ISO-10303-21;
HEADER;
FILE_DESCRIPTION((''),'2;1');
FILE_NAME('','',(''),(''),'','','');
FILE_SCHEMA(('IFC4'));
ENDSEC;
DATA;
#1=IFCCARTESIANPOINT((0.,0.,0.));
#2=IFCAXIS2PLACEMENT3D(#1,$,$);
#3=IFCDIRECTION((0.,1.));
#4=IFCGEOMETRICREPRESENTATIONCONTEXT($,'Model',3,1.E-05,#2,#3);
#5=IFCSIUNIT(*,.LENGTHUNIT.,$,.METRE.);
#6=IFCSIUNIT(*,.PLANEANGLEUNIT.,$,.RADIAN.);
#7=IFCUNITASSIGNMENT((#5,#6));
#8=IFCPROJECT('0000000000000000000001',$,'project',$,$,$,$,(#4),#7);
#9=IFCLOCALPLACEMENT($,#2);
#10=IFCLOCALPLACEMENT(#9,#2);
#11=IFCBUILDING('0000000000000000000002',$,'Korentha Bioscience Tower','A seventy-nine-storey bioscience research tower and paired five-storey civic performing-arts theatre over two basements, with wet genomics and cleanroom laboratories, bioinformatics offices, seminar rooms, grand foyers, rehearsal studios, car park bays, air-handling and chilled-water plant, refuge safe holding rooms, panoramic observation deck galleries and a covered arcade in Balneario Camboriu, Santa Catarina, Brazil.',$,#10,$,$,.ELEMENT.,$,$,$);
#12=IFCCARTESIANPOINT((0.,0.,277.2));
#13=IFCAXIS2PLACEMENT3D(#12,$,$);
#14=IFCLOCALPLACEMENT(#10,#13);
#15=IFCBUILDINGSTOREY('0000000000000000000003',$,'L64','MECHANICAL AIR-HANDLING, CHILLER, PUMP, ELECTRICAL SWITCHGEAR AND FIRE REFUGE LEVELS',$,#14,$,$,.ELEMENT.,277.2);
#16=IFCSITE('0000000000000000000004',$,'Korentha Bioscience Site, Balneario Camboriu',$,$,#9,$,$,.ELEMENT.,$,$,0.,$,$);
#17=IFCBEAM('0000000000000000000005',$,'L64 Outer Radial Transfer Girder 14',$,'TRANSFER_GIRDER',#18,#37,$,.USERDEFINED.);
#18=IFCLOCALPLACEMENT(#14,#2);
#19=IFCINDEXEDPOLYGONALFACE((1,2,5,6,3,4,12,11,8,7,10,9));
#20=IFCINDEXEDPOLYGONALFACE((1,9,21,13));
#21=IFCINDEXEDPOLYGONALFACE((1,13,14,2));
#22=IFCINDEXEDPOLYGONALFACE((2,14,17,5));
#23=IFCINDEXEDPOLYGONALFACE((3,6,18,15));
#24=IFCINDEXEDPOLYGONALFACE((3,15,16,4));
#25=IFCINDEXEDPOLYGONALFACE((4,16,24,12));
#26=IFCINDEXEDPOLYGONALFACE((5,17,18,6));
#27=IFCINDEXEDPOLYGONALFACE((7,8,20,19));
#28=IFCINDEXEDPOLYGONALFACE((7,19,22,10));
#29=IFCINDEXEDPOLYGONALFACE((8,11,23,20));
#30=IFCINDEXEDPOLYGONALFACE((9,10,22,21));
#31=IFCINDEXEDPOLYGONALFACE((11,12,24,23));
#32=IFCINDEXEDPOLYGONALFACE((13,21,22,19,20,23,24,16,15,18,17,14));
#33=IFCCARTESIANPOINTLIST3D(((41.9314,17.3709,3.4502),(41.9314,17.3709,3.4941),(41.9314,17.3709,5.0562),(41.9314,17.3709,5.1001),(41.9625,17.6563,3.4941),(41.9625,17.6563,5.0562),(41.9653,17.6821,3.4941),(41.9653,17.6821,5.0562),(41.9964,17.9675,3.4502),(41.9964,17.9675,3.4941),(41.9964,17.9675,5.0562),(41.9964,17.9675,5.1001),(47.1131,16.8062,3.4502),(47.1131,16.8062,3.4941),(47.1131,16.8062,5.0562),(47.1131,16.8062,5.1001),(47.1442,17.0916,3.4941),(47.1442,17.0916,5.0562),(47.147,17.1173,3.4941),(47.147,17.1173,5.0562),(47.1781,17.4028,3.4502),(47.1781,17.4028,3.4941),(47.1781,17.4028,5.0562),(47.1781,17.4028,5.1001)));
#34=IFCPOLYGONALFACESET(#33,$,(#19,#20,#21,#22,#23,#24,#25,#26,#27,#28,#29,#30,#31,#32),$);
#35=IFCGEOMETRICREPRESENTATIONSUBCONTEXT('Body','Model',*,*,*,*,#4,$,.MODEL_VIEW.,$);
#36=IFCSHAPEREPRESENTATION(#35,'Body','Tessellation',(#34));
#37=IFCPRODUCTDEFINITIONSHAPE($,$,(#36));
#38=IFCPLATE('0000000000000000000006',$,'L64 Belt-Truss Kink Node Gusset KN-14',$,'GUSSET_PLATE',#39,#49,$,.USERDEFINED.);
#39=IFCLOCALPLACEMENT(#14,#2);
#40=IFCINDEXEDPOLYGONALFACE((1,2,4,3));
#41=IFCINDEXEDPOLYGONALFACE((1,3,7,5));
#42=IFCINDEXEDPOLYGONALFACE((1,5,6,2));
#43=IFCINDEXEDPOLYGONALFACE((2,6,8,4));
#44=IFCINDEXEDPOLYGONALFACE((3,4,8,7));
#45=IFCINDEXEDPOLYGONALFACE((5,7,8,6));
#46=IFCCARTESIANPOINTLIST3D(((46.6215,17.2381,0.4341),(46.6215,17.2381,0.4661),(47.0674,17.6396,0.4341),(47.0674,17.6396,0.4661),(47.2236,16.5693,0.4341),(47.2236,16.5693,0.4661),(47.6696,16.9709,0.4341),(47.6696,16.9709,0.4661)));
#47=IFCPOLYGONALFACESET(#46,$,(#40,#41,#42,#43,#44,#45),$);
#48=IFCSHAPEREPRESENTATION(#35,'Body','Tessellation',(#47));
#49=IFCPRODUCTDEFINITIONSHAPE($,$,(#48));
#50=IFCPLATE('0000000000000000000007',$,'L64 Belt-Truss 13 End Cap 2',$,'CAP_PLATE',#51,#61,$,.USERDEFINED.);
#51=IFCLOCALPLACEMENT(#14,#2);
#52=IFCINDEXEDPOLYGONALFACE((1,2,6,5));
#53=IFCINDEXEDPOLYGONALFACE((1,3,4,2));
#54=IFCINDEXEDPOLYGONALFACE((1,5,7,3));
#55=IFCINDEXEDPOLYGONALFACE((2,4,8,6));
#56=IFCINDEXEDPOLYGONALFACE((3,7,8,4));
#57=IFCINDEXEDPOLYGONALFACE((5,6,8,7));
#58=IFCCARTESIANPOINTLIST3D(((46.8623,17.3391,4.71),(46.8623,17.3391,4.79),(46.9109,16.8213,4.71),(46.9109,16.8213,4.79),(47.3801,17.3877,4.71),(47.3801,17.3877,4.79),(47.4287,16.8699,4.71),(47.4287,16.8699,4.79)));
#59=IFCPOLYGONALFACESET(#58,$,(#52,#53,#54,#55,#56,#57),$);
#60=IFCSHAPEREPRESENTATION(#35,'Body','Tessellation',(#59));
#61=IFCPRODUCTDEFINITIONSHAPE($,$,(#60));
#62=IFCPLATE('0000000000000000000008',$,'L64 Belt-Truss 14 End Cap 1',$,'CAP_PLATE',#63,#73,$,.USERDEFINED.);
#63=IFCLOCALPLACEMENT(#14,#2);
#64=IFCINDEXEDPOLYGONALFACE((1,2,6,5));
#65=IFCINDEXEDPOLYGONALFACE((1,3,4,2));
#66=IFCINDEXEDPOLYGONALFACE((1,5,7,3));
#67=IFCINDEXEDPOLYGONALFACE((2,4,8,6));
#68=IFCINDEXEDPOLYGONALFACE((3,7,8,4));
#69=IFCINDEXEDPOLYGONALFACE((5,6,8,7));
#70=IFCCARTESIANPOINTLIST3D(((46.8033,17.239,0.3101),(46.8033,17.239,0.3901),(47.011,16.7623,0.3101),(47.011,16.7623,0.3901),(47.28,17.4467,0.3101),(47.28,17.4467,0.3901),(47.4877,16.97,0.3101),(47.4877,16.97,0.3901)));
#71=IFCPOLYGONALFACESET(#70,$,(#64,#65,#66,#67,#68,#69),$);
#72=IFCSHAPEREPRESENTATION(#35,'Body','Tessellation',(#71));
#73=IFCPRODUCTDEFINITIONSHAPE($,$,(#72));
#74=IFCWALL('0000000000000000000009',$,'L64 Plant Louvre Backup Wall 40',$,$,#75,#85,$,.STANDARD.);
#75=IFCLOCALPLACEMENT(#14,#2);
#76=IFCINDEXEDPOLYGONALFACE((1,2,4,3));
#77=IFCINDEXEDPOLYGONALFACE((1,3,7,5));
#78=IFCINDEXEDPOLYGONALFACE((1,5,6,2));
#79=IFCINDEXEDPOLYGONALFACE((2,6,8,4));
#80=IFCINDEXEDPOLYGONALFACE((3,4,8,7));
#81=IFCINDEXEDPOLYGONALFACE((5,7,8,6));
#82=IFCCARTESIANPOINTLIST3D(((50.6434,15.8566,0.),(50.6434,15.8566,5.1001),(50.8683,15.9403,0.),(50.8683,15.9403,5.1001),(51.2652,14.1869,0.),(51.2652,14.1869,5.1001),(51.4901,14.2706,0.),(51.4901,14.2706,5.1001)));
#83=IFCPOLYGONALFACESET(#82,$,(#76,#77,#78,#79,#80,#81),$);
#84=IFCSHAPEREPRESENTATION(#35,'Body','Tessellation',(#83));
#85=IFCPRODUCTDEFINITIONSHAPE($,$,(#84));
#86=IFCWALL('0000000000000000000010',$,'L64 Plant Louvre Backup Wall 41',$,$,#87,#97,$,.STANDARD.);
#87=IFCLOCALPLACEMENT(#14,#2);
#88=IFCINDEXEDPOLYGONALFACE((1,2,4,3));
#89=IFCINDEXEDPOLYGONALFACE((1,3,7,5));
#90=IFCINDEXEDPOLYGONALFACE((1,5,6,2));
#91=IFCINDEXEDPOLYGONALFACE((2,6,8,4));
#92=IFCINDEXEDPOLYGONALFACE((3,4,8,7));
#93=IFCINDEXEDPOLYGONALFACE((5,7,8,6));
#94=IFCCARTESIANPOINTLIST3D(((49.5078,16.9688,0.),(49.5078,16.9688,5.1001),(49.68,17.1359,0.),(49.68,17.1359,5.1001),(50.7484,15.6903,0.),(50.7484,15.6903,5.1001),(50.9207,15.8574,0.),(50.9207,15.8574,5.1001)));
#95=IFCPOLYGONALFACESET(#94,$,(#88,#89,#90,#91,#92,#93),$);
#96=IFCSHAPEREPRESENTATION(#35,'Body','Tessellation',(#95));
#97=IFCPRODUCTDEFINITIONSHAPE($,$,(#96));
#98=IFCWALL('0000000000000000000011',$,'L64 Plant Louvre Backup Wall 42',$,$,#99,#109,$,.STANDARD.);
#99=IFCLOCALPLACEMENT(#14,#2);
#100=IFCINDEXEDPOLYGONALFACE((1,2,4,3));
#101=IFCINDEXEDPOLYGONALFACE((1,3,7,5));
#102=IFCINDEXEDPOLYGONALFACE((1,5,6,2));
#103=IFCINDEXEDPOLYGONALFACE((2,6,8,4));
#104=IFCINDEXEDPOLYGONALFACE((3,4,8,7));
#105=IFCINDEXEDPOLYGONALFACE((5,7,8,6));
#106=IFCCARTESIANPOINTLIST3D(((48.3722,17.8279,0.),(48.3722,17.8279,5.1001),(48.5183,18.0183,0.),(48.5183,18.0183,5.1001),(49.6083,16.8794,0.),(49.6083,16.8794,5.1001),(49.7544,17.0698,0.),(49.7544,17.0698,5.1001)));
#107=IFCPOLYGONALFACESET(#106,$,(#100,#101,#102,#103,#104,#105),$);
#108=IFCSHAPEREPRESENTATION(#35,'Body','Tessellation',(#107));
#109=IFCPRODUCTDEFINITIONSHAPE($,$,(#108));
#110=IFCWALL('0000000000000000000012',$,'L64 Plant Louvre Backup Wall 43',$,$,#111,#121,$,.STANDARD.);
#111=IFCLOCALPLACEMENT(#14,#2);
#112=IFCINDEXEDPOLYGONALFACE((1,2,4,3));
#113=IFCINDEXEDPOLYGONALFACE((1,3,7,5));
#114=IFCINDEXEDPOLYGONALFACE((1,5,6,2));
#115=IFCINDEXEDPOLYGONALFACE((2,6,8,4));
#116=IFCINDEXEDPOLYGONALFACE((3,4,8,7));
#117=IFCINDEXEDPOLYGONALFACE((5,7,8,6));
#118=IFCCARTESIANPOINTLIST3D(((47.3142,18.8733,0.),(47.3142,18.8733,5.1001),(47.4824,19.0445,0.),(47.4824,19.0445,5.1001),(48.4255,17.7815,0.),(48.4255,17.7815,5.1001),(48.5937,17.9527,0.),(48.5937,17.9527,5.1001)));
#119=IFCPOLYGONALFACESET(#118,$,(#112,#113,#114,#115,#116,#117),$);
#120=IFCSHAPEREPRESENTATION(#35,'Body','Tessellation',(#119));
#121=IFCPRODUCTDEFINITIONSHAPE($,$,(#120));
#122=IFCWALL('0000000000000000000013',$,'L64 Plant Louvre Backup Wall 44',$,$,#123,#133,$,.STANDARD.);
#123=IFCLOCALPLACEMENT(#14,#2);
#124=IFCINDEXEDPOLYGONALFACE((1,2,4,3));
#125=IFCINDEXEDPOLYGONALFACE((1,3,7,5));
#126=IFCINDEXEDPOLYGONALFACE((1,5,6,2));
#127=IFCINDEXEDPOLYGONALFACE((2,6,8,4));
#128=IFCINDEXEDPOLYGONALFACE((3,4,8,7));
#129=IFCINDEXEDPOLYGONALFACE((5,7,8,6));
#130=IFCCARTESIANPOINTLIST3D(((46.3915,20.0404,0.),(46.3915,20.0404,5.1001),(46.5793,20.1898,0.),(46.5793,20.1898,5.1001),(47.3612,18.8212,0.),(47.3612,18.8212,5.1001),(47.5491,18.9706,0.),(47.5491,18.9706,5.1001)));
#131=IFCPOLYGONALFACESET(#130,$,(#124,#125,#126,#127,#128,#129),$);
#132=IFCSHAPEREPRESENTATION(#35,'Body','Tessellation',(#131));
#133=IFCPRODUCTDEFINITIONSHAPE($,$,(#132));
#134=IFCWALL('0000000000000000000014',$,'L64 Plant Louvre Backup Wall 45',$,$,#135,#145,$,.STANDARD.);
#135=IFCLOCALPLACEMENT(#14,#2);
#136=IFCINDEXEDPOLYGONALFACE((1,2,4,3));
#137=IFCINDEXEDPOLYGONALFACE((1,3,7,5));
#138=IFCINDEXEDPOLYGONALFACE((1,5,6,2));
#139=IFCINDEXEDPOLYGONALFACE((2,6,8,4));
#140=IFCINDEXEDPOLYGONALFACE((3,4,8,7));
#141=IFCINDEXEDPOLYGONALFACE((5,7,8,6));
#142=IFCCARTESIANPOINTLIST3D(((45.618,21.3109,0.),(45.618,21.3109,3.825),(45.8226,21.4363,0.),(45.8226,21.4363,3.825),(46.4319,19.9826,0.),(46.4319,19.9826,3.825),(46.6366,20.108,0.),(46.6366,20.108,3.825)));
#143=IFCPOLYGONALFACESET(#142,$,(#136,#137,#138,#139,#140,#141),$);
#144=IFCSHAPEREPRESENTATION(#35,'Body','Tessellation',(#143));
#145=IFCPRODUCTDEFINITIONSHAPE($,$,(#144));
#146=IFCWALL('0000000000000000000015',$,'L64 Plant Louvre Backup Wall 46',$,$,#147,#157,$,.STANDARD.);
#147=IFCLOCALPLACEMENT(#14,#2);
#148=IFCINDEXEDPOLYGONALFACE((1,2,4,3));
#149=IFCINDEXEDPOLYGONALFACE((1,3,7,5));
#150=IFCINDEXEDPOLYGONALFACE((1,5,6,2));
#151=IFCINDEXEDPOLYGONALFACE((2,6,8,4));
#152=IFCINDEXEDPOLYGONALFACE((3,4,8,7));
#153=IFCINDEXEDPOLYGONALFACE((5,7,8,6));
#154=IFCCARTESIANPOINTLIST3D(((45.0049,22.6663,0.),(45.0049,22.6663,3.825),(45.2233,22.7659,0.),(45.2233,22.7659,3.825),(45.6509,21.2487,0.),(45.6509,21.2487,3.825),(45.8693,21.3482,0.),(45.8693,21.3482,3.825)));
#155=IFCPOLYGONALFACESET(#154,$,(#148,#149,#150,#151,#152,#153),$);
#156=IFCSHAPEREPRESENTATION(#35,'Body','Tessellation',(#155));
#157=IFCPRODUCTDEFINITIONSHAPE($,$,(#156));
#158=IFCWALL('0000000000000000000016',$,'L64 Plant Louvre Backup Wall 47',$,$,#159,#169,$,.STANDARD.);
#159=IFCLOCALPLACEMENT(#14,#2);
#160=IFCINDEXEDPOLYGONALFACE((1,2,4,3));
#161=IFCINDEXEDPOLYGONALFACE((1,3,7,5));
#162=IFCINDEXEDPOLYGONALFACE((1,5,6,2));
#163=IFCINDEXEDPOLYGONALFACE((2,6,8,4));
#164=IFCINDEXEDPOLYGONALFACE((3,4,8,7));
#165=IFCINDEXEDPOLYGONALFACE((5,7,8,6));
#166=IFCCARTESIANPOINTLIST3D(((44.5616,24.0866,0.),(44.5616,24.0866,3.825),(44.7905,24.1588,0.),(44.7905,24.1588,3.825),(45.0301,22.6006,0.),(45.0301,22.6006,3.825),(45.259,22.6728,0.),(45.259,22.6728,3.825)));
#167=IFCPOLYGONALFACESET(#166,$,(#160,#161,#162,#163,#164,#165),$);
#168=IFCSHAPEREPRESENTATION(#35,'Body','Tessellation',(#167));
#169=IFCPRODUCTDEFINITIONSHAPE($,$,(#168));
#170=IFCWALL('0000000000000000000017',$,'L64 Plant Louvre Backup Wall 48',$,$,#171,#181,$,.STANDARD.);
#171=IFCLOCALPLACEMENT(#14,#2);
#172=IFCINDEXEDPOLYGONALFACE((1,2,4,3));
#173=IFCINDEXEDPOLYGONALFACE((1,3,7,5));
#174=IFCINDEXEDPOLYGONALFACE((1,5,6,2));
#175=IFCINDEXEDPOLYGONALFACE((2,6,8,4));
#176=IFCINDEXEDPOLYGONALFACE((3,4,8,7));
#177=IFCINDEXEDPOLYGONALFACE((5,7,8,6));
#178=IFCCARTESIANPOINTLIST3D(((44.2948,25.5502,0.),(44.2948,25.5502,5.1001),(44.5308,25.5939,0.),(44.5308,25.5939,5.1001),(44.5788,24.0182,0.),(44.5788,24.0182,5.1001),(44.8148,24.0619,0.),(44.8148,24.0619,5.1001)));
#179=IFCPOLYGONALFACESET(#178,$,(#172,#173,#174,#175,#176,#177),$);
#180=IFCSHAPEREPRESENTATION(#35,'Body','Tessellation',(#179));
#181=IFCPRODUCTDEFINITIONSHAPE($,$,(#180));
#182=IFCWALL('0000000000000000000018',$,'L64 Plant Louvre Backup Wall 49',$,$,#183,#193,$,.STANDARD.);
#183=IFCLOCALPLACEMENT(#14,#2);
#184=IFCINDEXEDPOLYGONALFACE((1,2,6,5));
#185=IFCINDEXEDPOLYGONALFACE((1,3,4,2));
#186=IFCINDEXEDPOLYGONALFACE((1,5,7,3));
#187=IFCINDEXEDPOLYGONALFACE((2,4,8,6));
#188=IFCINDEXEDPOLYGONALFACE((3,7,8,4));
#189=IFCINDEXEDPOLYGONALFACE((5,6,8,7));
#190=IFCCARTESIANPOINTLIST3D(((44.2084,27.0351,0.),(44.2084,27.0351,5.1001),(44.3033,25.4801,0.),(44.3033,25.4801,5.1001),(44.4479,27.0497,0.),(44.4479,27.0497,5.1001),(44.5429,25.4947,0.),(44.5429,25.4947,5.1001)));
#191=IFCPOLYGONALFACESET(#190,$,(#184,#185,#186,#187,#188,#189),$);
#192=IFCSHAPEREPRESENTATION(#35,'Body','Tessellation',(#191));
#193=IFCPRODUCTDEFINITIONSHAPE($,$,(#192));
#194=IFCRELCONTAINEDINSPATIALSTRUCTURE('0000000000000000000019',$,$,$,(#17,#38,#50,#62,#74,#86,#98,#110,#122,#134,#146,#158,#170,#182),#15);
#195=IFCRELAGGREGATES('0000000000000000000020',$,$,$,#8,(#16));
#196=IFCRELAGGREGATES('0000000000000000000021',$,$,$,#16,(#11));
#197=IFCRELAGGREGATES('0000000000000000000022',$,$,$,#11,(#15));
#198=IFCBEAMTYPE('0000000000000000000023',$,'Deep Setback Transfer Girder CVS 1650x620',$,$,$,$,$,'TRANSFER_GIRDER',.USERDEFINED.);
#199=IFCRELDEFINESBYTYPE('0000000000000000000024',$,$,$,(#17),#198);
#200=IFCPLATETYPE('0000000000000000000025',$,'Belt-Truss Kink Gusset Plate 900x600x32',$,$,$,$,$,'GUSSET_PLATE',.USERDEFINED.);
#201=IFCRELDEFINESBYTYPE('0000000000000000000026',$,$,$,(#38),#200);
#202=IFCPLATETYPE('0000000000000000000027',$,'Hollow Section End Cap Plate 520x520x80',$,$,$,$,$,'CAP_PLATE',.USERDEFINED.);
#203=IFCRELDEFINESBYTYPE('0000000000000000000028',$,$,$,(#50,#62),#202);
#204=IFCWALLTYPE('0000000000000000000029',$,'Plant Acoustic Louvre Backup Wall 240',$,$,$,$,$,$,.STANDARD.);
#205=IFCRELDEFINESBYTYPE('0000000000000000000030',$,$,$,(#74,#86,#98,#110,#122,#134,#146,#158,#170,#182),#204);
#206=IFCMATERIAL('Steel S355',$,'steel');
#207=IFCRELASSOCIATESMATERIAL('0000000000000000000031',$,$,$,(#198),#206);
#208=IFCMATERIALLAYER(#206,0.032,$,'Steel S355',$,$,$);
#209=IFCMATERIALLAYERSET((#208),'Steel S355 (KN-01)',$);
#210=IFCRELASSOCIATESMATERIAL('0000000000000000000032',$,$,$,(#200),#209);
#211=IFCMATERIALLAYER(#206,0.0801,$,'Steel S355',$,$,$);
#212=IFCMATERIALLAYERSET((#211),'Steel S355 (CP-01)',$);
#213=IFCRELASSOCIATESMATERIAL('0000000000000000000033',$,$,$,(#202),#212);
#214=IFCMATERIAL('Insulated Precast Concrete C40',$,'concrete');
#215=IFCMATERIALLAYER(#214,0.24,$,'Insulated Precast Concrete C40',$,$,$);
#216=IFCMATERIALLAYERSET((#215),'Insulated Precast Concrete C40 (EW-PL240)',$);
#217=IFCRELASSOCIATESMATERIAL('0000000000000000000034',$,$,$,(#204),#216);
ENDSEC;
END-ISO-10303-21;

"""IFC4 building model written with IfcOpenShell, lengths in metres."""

from ifc_helpers import new_model, si_unit, direction, frame, frame_2d, origin, origin_2d, place, context, subcontext, project, spatial, rectangle, i_section, extrude, material, layer, layer_set, material_profile, profile_set, type_object, element, save


model = new_model("IFC4")

# Units and contexts
model_context = context("Model", 3, precision=1e-05, world=origin(), true_north=direction((0.0, 1.0)))
body_context = subcontext(model_context, "Body", "Model", "MODEL_VIEW")
ifc_project = project(units=[si_unit("LENGTHUNIT", "METRE"), si_unit("PLANEANGLEUNIT", "RADIAN")], contexts=[model_context])

# Site, building, storey
site_placement = place(None, origin())
site = spatial("IfcSite", under=ifc_project, at=site_placement, Name="Korentha Bioscience Site, Balneario Camboriu", CompositionType="ELEMENT", RefElevation=0.0)
building_placement = place(site_placement, origin())
building = spatial("IfcBuilding", under=site, at=building_placement, Name="Korentha Bioscience Tower", Description="A seventy-nine-storey bioscience research tower and paired five-storey civic performing-arts theatre over two basements, with wet genomics and cleanroom laboratories, bioinformatics offices, seminar rooms, grand foyers, rehearsal studios, car park bays, air-handling and chilled-water plant, refuge safe holding rooms, panoramic observation deck galleries and a covered arcade in Balneario Camboriu, Santa Catarina, Brazil.", CompositionType="ELEMENT")
storey_placement = place(building_placement, frame((0.0, 0.0, 277.2)))
storey = spatial("IfcBuildingStorey", under=building, at=storey_placement, Name="L64", Description="MECHANICAL AIR-HANDLING, CHILLER, PUMP, ELECTRICAL SWITCHGEAR AND FIRE REFUGE LEVELS", CompositionType="ELEMENT", Elevation=277.2)

# Shared definitions
ifc_material_1 = material(Name="Steel S355", Category="steel")

# Beam
ifc_material_profile_1 = material_profile(ifc_material_1, i_section(OverallWidth=0.6001, OverallDepth=1.6499, WebThickness=0.0259, FlangeThickness=0.0439, at=origin_2d()), Name="Steel S355")
ifc_profile_set_1 = profile_set([ifc_material_profile_1], Name="Steel S355 (TG-04)")
beam_type_1 = type_object("IfcBeamType", Name="Deep Setback Transfer Girder CVS 1650x620", ElementType="TRANSFER_GIRDER", PredefinedType="USERDEFINED", material=ifc_profile_set_1)
beam_1_placement = place(storey_placement, frame((41.9639, 17.6692, 4.2751), z_axis=(0.994114, -0.108339, 0.0), x_axis=(0.108339, 0.994114, 0.0)))
element("IfcBeam", 1, at=beam_1_placement, inside=storey, type_object=beam_type_1, Name="L64 Outer Radial Transfer Girder 14", ObjectType="TRANSFER_GIRDER", PredefinedType="USERDEFINED", context=body_context, shape_type="SweptSolid", body=[
    extrude(i_section(OverallWidth=0.6001, OverallDepth=1.6499, WebThickness=0.0259, FlangeThickness=0.0439, at=origin_2d()), origin(), (0.0, 0.0, 1.0), 5.2124),
])

# Plates
ifc_layer_1 = layer(ifc_material_1, 0.032, Name="Steel S355")
ifc_layer_set_1 = layer_set([ifc_layer_1], Name="Steel S355 (KN-01)")
plate_type_1 = type_object("IfcPlateType", Name="Belt-Truss Kink Gusset Plate 900x600x32", ElementType="GUSSET_PLATE", PredefinedType="USERDEFINED", material=ifc_layer_set_1)
plate_placement = place(storey_placement, frame((47.1455, 17.1045, 0.4341), z_axis=(0.0, 0.0, 1.0), x_axis=(-0.669131, 0.743145, 0.0)))
element("IfcPlate", 2, at=plate_placement, inside=storey, type_object=plate_type_1, Name="L64 Belt-Truss Kink Node Gusset KN-14", ObjectType="GUSSET_PLATE", PredefinedType="USERDEFINED", context=body_context, shape_type="SweptSolid", body=[
    extrude(rectangle(XDim=0.8999, YDim=0.6001, at=origin_2d()), origin(), (0.0, 0.0, 1.0), 0.032),
])
ifc_layer_2 = layer(ifc_material_1, 0.0801, Name="Steel S355")
ifc_layer_set_2 = layer_set([ifc_layer_2], Name="Steel S355 (CP-01)")
plate_type_2 = type_object("IfcPlateType", Name="Hollow Section End Cap Plate 520x520x80", ElementType="CAP_PLATE", PredefinedType="USERDEFINED", material=ifc_layer_set_2)
for number, where, z_axis, x_axis, name in (
    (3, (47.1455, 17.1045, 4.71), (0.0, 0.0, 1.0), (-0.093413, 0.995627, 0.0), "L64 Belt-Truss 13 End Cap 2"),
    (4, (47.1455, 17.1045, 0.3101), (0.0, 0.0, 1.0), (-0.399389, 0.916781, 0.0), "L64 Belt-Truss 14 End Cap 1"),
):
    element("IfcPlate", number, at=place(storey_placement, frame(where, z_axis=z_axis, x_axis=x_axis)), inside=storey, type_object=plate_type_2, Name=name, ObjectType="CAP_PLATE", PredefinedType="USERDEFINED", context=body_context, shape_type="SweptSolid", body=[
        extrude(rectangle(XDim=0.52, YDim=0.52, at=origin_2d()), origin(), (0.0, 0.0, 1.0), 0.0801),
    ])

# Walls
ifc_material_2 = material(Name="Insulated Precast Concrete C40", Category="concrete")
ifc_layer_3 = layer(ifc_material_2, 0.24, Name="Insulated Precast Concrete C40")
ifc_layer_set_3 = layer_set([ifc_layer_3], Name="Insulated Precast Concrete C40 (EW-PL240)")
wall_type = type_object("IfcWallType", Name="Plant Acoustic Louvre Backup Wall 240", PredefinedType="STANDARD", material=ifc_layer_set_3)
wall_1_placement = place(storey_placement, frame((51.3777, 14.2288, 0.0), z_axis=(0.0, 0.0, 1.0), x_axis=(-0.349005, 0.937121, 0.0)))
element("IfcWall", 5, at=wall_1_placement, inside=storey, type_object=wall_type, Name="L64 Plant Louvre Backup Wall 40", PredefinedType="STANDARD", context=body_context, shape_type="SweptSolid", body=[
    extrude(rectangle(XDim=1.7817, YDim=0.24, at=frame_2d((0.8909, 0.0))), origin(), (0.0, 0.0, 1.0), 5.1001),
])
wall_2_placement = place(storey_placement, frame((50.8345, 15.7739, 0.0), z_axis=(0.0, 0.0, 1.0), x_axis=(-0.696407, 0.717647, 0.0)))
element("IfcWall", 6, at=wall_2_placement, inside=storey, type_object=wall_type, Name="L64 Plant Louvre Backup Wall 41", PredefinedType="STANDARD", context=body_context, shape_type="SweptSolid", body=[
    extrude(rectangle(XDim=1.7815, YDim=0.24, at=frame_2d((0.8906, 0.0))), origin(), (0.0, 0.0, 1.0), 5.1001),
])
wall_3_placement = place(storey_placement, frame((49.6814, 16.9746, 0.0), z_axis=(0.0, 0.0, 1.0), x_axis=(-0.793352, 0.608764, 0.0)))
element("IfcWall", 7, at=wall_3_placement, inside=storey, type_object=wall_type, Name="L64 Plant Louvre Backup Wall 42", PredefinedType="STANDARD", context=body_context, shape_type="SweptSolid", body=[
    extrude(rectangle(XDim=1.5581, YDim=0.24, at=frame_2d((0.7791, 0.0))), origin(), (0.0, 0.0, 1.0), 5.1001),
])
for number, where, z_axis, x_axis, name in (
    (8, (48.5095, 17.8672, 0.0), (0.0, 0.0, 1.0), (-0.713347, 0.700811, 0.0), "L64 Plant Louvre Backup Wall 43"),
    (9, (47.4551, 18.896, 0.0), (0.0, 0.0, 1.0), (-0.622476, 0.782639, 0.0), "L64 Plant Louvre Backup Wall 44"),
):
    element("IfcWall", number, at=place(storey_placement, frame(where, z_axis=z_axis, x_axis=x_axis)), inside=storey, type_object=wall_type, Name=name, PredefinedType="STANDARD", context=body_context, shape_type="SweptSolid", body=[
        extrude(rectangle(XDim=1.5579, YDim=0.24, at=frame_2d((0.7788, 0.0))), origin(), (0.0, 0.0, 1.0), 5.1001),
    ])
for number, where, z_axis, x_axis, name in (
    (10, (46.5342, 20.0454, 0.0), (0.0, 0.0, 1.0), (-0.52247, 0.852658, 0.0), "L64 Plant Louvre Backup Wall 45"),
    (11, (45.76, 21.2986, 0.0), (0.0, 0.0, 1.0), (-0.414641, 0.909985, 0.0), "L64 Plant Louvre Backup Wall 46"),
):
    element("IfcWall", number, at=place(storey_placement, frame(where, z_axis=z_axis, x_axis=x_axis)), inside=storey, type_object=wall_type, Name=name, PredefinedType="STANDARD", context=body_context, shape_type="SweptSolid", body=[
        extrude(rectangle(XDim=1.5579, YDim=0.24, at=frame_2d((0.7788, 0.0))), origin(), (0.0, 0.0, 1.0), 3.825),
    ])
wall_4_placement = place(storey_placement, frame((45.1445, 22.6367, 0.0), z_axis=(0.0, 0.0, 1.0), x_axis=(-0.300674, 0.953727, 0.0)))
element("IfcWall", 12, at=wall_4_placement, inside=storey, type_object=wall_type, Name="L64 Plant Louvre Backup Wall 47", PredefinedType="STANDARD", context=body_context, shape_type="SweptSolid", body=[
    extrude(rectangle(XDim=1.5581, YDim=0.24, at=frame_2d((0.7791, 0.0))), origin(), (0.0, 0.0, 1.0), 3.825),
])
wall_5_placement = place(storey_placement, frame((44.6968, 24.04, 0.0), z_axis=(0.0, 0.0, 1.0), x_axis=(-0.182235, 0.983255, 0.0)))
element("IfcWall", 13, at=wall_5_placement, inside=storey, type_object=wall_type, Name="L64 Plant Louvre Backup Wall 48", PredefinedType="STANDARD", context=body_context, shape_type="SweptSolid", body=[
    extrude(rectangle(XDim=1.5581, YDim=0.24, at=frame_2d((0.7791, 0.0))), origin(), (0.0, 0.0, 1.0), 5.1001),
])
for number, where, z_axis, x_axis, name in (
    (14, (44.4231, 25.4875, 0.0), (0.0, 0.0, 1.0), (-0.060963, 0.99814, 0.0), "L64 Plant Louvre Backup Wall 49"),
):
    element("IfcWall", number, at=place(storey_placement, frame(where, z_axis=z_axis, x_axis=x_axis)), inside=storey, type_object=wall_type, Name=name, PredefinedType="STANDARD", context=body_context, shape_type="SweptSolid", body=[
        extrude(rectangle(XDim=1.5579, YDim=0.24, at=frame_2d((0.7788, 0.0))), origin(), (0.0, 0.0, 1.0), 5.1001),
    ])

save(model, "model.ifc")
